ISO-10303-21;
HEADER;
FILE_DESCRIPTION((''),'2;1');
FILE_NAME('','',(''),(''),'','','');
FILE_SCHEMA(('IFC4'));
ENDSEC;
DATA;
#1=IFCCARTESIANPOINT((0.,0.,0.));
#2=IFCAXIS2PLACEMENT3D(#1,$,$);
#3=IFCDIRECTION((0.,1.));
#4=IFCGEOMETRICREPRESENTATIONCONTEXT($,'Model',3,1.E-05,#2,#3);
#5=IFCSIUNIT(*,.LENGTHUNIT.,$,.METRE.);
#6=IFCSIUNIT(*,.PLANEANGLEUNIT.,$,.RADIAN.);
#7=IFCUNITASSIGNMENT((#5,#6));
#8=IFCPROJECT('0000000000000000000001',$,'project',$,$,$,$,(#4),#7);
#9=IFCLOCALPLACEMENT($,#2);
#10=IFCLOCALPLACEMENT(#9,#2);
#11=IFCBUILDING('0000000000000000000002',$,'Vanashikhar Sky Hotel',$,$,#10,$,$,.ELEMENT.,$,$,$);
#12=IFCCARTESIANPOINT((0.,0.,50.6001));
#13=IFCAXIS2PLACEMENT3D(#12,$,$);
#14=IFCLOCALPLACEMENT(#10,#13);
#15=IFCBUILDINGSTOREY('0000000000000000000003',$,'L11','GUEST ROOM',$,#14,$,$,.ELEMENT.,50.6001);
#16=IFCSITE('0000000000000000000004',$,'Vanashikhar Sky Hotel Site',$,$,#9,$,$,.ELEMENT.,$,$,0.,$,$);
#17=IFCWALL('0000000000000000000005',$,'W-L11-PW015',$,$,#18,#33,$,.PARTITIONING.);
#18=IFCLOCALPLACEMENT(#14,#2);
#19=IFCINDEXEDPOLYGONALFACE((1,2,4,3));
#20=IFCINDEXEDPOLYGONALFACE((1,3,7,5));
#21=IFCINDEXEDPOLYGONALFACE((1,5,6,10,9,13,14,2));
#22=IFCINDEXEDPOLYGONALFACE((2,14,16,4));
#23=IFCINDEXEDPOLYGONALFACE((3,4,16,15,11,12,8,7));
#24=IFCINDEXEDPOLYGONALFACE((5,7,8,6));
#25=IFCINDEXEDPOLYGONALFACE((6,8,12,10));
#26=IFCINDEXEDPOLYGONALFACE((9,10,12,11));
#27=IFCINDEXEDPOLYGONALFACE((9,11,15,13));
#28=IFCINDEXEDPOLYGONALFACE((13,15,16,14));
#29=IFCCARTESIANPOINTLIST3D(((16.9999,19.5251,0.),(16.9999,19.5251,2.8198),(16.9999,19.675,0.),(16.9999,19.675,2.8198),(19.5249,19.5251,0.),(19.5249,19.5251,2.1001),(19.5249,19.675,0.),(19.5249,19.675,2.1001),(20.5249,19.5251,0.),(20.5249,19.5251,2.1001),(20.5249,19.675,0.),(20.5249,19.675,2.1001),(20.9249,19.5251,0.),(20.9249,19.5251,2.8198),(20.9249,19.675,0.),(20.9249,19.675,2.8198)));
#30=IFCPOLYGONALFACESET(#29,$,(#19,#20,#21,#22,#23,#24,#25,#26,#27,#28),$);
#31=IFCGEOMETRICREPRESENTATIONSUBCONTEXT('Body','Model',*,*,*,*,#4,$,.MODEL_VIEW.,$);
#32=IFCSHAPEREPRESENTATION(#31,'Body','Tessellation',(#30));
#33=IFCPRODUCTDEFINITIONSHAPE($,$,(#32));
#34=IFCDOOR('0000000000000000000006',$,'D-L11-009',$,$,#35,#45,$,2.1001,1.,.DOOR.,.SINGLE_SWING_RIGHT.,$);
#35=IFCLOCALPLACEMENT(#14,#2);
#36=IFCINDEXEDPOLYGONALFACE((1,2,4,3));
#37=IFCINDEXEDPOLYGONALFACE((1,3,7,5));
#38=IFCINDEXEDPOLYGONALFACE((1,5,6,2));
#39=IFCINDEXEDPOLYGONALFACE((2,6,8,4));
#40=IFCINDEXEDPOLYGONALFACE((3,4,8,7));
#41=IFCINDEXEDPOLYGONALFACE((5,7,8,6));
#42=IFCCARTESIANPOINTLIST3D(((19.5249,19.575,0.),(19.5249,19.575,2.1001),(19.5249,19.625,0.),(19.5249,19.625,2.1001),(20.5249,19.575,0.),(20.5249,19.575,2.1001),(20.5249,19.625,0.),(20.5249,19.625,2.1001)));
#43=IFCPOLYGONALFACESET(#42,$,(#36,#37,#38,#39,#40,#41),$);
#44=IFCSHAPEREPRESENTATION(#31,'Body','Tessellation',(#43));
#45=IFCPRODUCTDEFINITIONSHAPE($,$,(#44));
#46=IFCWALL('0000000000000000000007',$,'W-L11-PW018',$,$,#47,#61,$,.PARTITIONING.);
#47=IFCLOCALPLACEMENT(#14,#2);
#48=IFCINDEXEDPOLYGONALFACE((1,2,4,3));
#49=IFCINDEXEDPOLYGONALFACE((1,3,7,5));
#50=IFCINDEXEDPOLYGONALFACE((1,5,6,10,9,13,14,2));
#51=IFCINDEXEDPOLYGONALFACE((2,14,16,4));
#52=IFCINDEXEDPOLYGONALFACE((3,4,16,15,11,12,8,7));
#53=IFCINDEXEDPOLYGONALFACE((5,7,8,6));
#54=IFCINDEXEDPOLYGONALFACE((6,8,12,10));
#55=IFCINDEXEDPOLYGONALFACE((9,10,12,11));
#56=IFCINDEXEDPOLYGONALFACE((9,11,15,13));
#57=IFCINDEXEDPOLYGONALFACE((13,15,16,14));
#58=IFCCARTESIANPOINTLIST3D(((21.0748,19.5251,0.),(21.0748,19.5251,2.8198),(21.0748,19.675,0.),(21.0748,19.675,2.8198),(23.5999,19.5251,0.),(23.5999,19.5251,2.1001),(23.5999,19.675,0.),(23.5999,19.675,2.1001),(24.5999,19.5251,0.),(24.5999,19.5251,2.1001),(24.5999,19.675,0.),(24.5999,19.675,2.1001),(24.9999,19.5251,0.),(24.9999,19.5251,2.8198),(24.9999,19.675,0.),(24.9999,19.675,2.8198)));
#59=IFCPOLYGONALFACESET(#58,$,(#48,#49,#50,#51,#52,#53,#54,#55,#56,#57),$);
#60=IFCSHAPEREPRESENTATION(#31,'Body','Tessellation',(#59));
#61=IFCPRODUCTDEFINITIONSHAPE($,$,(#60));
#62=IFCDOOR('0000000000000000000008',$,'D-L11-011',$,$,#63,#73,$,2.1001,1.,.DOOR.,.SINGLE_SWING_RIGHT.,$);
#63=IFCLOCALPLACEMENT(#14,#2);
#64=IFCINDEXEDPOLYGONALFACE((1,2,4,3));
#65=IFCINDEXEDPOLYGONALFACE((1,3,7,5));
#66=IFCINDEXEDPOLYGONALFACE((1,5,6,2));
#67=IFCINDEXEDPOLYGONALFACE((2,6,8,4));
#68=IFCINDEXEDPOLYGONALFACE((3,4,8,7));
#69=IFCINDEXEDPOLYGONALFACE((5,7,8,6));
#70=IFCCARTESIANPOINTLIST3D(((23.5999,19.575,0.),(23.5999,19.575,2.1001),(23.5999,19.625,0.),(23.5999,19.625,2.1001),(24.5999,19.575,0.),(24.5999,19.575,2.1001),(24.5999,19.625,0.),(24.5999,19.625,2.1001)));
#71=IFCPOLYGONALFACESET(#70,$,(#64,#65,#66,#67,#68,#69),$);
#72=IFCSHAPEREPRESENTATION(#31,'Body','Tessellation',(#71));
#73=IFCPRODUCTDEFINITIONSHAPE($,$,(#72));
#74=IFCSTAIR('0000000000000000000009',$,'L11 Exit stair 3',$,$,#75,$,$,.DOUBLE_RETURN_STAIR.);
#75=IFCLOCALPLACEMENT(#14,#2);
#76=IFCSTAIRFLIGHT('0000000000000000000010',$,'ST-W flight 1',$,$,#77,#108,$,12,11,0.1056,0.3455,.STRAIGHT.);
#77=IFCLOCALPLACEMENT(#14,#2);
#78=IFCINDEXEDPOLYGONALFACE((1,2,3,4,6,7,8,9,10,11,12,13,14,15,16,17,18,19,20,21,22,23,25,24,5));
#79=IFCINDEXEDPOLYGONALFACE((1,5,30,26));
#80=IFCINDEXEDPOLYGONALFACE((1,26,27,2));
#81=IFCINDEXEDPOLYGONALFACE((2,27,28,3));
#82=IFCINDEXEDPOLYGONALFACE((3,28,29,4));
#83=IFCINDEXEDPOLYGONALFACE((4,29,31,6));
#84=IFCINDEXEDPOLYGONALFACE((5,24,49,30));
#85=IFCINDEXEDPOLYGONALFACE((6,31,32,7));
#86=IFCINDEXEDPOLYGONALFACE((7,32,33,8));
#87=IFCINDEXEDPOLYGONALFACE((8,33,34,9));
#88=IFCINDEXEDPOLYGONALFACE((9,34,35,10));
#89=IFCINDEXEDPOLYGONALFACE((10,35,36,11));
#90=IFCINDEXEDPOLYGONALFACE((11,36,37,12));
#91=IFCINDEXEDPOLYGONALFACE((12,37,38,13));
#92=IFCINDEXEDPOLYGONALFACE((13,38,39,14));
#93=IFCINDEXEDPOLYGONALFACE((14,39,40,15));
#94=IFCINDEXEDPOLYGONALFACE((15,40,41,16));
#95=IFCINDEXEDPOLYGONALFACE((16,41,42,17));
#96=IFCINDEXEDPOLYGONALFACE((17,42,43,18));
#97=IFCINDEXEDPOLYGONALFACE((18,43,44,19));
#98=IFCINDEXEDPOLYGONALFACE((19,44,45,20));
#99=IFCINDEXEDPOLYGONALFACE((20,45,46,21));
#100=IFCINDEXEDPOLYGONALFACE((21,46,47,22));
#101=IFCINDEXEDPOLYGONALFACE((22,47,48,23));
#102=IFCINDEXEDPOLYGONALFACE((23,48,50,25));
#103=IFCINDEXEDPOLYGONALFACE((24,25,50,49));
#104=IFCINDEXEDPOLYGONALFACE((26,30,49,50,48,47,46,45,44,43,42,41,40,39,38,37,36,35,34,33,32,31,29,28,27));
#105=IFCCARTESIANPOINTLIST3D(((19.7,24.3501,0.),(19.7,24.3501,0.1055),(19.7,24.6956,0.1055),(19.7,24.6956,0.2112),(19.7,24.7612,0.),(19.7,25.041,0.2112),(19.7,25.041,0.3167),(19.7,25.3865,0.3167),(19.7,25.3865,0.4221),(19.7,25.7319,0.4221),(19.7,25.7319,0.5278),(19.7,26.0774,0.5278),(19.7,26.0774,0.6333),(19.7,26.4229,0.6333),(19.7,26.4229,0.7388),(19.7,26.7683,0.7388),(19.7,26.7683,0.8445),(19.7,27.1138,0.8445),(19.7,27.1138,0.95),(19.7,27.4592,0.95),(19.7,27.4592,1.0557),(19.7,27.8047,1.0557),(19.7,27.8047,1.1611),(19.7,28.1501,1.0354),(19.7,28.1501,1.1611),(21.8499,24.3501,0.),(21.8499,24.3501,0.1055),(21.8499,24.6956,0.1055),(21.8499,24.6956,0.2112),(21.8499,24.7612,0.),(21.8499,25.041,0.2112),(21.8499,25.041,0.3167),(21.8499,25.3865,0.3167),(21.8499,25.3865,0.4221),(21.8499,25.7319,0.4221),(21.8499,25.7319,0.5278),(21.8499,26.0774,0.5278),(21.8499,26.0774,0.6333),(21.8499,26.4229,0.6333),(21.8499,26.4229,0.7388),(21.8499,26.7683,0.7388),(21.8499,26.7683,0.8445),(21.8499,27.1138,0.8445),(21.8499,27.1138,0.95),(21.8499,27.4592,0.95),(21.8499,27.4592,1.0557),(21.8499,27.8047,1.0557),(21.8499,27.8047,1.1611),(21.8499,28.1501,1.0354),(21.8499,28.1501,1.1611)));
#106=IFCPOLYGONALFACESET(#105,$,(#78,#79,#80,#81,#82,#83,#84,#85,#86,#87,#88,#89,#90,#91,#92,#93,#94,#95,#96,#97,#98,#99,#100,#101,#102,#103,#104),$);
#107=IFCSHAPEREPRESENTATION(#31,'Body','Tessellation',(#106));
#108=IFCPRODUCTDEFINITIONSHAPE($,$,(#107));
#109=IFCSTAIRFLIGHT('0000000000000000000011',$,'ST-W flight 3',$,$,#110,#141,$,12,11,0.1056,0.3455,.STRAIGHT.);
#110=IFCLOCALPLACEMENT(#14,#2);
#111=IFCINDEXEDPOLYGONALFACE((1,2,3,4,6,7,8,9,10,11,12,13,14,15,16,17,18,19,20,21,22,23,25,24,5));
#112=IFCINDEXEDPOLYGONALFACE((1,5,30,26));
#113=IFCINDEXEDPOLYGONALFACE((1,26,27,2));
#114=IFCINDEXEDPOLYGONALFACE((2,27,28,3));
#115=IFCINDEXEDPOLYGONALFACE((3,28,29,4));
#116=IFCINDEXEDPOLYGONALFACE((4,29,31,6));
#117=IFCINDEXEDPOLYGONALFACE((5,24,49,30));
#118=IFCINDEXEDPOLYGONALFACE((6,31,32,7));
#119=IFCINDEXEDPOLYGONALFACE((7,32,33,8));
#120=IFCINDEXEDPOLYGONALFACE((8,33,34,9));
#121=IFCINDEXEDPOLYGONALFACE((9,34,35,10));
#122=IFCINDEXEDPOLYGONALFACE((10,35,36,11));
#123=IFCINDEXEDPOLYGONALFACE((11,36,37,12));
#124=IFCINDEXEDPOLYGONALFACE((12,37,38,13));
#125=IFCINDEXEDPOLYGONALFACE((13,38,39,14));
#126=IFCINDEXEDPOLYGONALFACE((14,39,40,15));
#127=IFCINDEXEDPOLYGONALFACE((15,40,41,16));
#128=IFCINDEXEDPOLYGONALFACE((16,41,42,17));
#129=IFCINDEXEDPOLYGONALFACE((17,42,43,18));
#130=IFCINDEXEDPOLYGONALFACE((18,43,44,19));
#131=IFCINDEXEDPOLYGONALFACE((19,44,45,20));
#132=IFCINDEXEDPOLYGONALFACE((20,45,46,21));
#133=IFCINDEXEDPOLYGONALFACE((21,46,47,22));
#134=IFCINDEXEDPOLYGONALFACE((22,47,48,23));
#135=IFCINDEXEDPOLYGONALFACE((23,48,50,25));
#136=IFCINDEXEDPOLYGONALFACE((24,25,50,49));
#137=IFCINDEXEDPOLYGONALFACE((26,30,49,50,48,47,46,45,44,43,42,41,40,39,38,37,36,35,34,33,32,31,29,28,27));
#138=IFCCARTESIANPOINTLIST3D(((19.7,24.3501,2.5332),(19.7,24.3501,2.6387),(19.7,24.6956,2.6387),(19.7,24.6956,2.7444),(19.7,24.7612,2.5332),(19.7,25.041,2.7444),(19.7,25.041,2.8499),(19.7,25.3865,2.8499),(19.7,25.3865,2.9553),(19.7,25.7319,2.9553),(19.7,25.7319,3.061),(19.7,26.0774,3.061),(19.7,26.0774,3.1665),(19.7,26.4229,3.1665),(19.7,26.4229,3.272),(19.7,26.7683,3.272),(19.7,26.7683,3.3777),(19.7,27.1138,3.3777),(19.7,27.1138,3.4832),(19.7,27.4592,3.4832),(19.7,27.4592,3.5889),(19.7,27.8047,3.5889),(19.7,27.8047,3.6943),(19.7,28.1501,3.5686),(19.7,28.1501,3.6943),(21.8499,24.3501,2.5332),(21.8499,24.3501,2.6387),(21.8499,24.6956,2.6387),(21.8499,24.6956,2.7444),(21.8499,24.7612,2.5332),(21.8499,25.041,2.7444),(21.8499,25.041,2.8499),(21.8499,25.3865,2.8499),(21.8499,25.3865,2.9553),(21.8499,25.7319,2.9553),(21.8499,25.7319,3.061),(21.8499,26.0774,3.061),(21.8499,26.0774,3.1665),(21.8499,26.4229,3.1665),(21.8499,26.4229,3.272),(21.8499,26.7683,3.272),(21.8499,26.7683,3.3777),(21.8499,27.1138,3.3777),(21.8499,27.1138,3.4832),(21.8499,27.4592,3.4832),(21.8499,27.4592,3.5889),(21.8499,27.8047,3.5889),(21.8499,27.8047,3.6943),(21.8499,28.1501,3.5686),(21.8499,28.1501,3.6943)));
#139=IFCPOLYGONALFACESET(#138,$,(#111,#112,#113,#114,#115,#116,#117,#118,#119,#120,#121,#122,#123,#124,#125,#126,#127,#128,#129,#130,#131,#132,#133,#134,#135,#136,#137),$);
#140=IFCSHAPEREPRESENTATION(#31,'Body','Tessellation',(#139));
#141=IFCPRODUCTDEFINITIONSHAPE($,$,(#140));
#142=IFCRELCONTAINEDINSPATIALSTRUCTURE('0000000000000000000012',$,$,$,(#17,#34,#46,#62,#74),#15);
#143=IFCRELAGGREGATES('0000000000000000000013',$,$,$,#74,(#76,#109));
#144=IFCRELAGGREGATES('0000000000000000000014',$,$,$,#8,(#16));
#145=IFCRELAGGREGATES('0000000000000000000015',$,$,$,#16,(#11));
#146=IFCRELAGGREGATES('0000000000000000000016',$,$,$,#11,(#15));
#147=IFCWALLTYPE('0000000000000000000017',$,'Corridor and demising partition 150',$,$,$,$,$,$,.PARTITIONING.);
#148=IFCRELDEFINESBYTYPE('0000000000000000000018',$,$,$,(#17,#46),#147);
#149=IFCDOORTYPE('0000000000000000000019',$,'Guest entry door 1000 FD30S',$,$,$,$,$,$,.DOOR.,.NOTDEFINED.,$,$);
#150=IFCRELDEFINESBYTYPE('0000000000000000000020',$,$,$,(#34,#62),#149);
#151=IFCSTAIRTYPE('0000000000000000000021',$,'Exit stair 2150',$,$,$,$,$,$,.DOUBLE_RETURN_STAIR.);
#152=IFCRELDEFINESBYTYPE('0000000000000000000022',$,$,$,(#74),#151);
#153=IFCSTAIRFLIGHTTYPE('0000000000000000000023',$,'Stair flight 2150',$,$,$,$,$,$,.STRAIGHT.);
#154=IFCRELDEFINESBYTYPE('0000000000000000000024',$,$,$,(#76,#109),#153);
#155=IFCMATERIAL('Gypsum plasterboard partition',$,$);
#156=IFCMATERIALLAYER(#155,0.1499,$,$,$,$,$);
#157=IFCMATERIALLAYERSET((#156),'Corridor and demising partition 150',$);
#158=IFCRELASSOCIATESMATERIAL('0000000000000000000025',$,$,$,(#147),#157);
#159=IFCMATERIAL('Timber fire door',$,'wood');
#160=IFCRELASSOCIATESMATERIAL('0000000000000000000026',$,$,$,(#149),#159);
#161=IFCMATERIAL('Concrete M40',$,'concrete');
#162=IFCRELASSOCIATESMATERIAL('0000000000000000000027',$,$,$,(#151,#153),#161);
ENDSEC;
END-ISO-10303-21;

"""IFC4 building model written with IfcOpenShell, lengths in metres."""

from ifc_helpers import new_model, si_unit, direction, frame, frame_2d, origin, place, context, subcontext, project, spatial, polyline, rectangle, outline, extrude, source, transform, mapped, material, layer, layer_set, type_object, element, fill, aggregate, save


model = new_model("IFC4")

# Units and contexts
model_context = context("Model", 3, precision=1e-05, world=origin(), true_north=direction((0.0, 1.0)))
body_context = subcontext(model_context, "Body", "Model", "MODEL_VIEW")
ifc_project = project(units=[si_unit("LENGTHUNIT", "METRE"), si_unit("PLANEANGLEUNIT", "RADIAN")], contexts=[model_context])

# Site, building, storey
site_placement = place(None, origin())
site = spatial("IfcSite", under=ifc_project, at=site_placement, Name="Vanashikhar Sky Hotel Site", CompositionType="ELEMENT", RefElevation=0.0)
building_placement = place(site_placement, origin())
building = spatial("IfcBuilding", under=site, at=building_placement, Name="Vanashikhar Sky Hotel", CompositionType="ELEMENT")
storey_placement = place(building_placement, frame((0.0, 0.0, 50.6001)))
storey = spatial("IfcBuildingStorey", under=building, at=storey_placement, Name="L11", Description="GUEST ROOM", CompositionType="ELEMENT", Elevation=50.6001)

# Shared definitions
ifc_material_1 = material(Name="Gypsum plasterboard partition")

# Walls, openings, doors
ifc_layer_1 = layer(ifc_material_1, 0.1499)
ifc_layer_set_1 = layer_set([ifc_layer_1], Name="Corridor and demising partition 150")
wall_type_1 = type_object("IfcWallType", Name="Corridor and demising partition 150", PredefinedType="PARTITIONING", material=ifc_layer_set_1)
shared_shape_1 = source(origin(), body_context, "Body", "SweptSolid", [
    extrude(rectangle(XDim=3.925, YDim=0.1499, at=frame_2d((1.9624, 0.0))), origin(), (0.0, 0.0, 1.0), 2.8198),
])
wall_1_placement = place(storey_placement, frame((17.0, 19.6001, 0.0), z_axis=(0.0, 0.0, 1.0), x_axis=(1.0, 0.0, 0.0)))
wall_1 = element("IfcWall", 1, at=wall_1_placement, inside=storey, type_object=wall_type_1, Name="W-L11-PW015", PredefinedType="PARTITIONING", context=body_context, shape_type="MappedRepresentation", body=[
    mapped(shared_shape_1, transform((0.0, 0.0, 0.0), scale=1.0)),
])
shared_shape_2 = source(origin(), body_context, "Body", "SweptSolid", [
    extrude(rectangle(XDim=1.0, YDim=2.1001, at=frame_2d((0.5, 1.05))), frame((0.0, 0.085, 0.0), z_axis=(0.0, -1.0, 0.0), x_axis=(1.0, 0.0, 0.0)), (0.0, 0.0, 1.0), 0.1699),
])
opening_1_placement = place(wall_1_placement, frame((2.5249, 0.0, 0.0)))
opening_1 = element("IfcOpeningElement", 2, at=opening_1_placement, cuts=wall_1, PredefinedType="OPENING", context=body_context, shape_type="MappedRepresentation", body=[
    mapped(shared_shape_2, transform((0.0, 0.0, 0.0), scale=1.0)),
])
ifc_material_2 = material(Name="Timber fire door", Category="wood")
door_type_1 = type_object("IfcDoorType", Name="Guest entry door 1000 FD30S", OperationType="NOTDEFINED", PredefinedType="DOOR", material=ifc_material_2)
shared_shape_3 = source(origin(), body_context, "Body", "SweptSolid", [
    extrude(rectangle(XDim=1.0, YDim=2.1001, at=frame_2d((0.5, 1.05))), frame((0.0, 0.0249, 0.0), z_axis=(0.0, -1.0, 0.0), x_axis=(1.0, 0.0, 0.0)), (0.0, 0.0, 1.0), 0.05),
])
door_1_placement = place(opening_1_placement, origin())
door_1 = element("IfcDoor", 3, at=door_1_placement, inside=storey, type_object=door_type_1, Name="D-L11-009", OperationType="SINGLE_SWING_RIGHT", OverallHeight=2.1001, OverallWidth=1.0, PredefinedType="DOOR", context=body_context, shape_type="MappedRepresentation", body=[
    mapped(shared_shape_3, transform((0.0, 0.0, 0.0), scale=1.0)),
])
fill(opening_1, door_1)
wall_2_placement = place(storey_placement, frame((21.075, 19.6001, 0.0), z_axis=(0.0, 0.0, 1.0), x_axis=(1.0, 0.0, 0.0)))
wall_2 = element("IfcWall", 4, at=wall_2_placement, inside=storey, type_object=wall_type_1, Name="W-L11-PW018", PredefinedType="PARTITIONING", context=body_context, shape_type="MappedRepresentation", body=[
    mapped(shared_shape_1, transform((0.0, 0.0, 0.0), scale=1.0)),
])
opening_2_placement = place(wall_2_placement, frame((2.5249, 0.0, 0.0)))
opening_2 = element("IfcOpeningElement", 5, at=opening_2_placement, cuts=wall_2, PredefinedType="OPENING", context=body_context, shape_type="MappedRepresentation", body=[
    mapped(shared_shape_2, transform((0.0, 0.0, 0.0), scale=1.0)),
])
door_2_placement = place(opening_2_placement, origin())
door_2 = element("IfcDoor", 6, at=door_2_placement, inside=storey, type_object=door_type_1, Name="D-L11-011", OperationType="SINGLE_SWING_RIGHT", OverallHeight=2.1001, OverallWidth=1.0, PredefinedType="DOOR", context=body_context, shape_type="MappedRepresentation", body=[
    mapped(shared_shape_3, transform((0.0, 0.0, 0.0), scale=1.0)),
])
fill(opening_2, door_2)

# Stair, stair flights
ifc_material_3 = material(Name="Concrete M40", Category="concrete")
stair_type = type_object("IfcStairType", Name="Exit stair 2150", PredefinedType="DOUBLE_RETURN_STAIR", material=ifc_material_3)
stair_placement = place(storey_placement, origin())
stair = element("IfcStair", 7, at=stair_placement, inside=storey, type_object=stair_type, Name="L11 Exit stair 3", PredefinedType="DOUBLE_RETURN_STAIR")
stair_flight_type = type_object("IfcStairFlightType", Name="Stair flight 2150", PredefinedType="STRAIGHT", material=ifc_material_3)
shared_shape_4 = source(origin(), body_context, "Body", "SweptSolid", [
    extrude(outline(polyline([(0.0, 0.0), (0.0, 0.1055), (0.3455, 0.1055), (0.3455, 0.2112), (0.6909, 0.2112), (0.6909, 0.3167), (1.0364, 0.3167), (1.0364, 0.4221), (1.3818, 0.4221), (1.3818, 0.5278), (1.7273, 0.5278), (1.7273, 0.6333), (2.0728, 0.6333), (2.0728, 0.7388), (2.4182, 0.7388), (2.4182, 0.8445), (2.7637, 0.8445), (2.7637, 0.95), (3.1091, 0.95), (3.1091, 1.0557), (3.4546, 1.0557), (3.4546, 1.1611), (3.8, 1.1611), (3.8, 1.2666), (3.8, 1.0354), (0.4111, 0.0), (0.0, 0.0)])), frame((0.0, 1.075, 0.0), z_axis=(0.0, -1.0, 0.0), x_axis=(1.0, 0.0, 0.0)), (0.0, 0.0, 1.0), 2.1499),
])
stair_flight_1_placement = place(storey_placement, frame((20.7749, 24.3501, 0.0), z_axis=(0.0, 0.0, 1.0), x_axis=(0.0, 1.0, 0.0)))
stair_flight_1 = element("IfcStairFlight", 8, at=stair_flight_1_placement, type_object=stair_flight_type, Name="ST-W flight 1", NumberOfRisers=12, NumberOfTreads=11, PredefinedType="STRAIGHT", RiserHeight=0.1056, TreadLength=0.3455, context=body_context, shape_type="MappedRepresentation", body=[
    mapped(shared_shape_4, transform((0.0, 0.0, 0.0), scale=1.0)),
])
stair_flight_2_placement = place(storey_placement, frame((20.7749, 24.3501, 2.5332), z_axis=(0.0, 0.0, 1.0), x_axis=(0.0, 1.0, 0.0)))
stair_flight_2 = element("IfcStairFlight", 9, at=stair_flight_2_placement, type_object=stair_flight_type, Name="ST-W flight 3", NumberOfRisers=12, NumberOfTreads=11, PredefinedType="STRAIGHT", RiserHeight=0.1056, TreadLength=0.3455, context=body_context, shape_type="MappedRepresentation", body=[
    mapped(shared_shape_4, transform((0.0, 0.0, 0.0), scale=1.0)),
])
aggregate(stair, [stair_flight_1, stair_flight_2])

save(model, "model.ifc")
